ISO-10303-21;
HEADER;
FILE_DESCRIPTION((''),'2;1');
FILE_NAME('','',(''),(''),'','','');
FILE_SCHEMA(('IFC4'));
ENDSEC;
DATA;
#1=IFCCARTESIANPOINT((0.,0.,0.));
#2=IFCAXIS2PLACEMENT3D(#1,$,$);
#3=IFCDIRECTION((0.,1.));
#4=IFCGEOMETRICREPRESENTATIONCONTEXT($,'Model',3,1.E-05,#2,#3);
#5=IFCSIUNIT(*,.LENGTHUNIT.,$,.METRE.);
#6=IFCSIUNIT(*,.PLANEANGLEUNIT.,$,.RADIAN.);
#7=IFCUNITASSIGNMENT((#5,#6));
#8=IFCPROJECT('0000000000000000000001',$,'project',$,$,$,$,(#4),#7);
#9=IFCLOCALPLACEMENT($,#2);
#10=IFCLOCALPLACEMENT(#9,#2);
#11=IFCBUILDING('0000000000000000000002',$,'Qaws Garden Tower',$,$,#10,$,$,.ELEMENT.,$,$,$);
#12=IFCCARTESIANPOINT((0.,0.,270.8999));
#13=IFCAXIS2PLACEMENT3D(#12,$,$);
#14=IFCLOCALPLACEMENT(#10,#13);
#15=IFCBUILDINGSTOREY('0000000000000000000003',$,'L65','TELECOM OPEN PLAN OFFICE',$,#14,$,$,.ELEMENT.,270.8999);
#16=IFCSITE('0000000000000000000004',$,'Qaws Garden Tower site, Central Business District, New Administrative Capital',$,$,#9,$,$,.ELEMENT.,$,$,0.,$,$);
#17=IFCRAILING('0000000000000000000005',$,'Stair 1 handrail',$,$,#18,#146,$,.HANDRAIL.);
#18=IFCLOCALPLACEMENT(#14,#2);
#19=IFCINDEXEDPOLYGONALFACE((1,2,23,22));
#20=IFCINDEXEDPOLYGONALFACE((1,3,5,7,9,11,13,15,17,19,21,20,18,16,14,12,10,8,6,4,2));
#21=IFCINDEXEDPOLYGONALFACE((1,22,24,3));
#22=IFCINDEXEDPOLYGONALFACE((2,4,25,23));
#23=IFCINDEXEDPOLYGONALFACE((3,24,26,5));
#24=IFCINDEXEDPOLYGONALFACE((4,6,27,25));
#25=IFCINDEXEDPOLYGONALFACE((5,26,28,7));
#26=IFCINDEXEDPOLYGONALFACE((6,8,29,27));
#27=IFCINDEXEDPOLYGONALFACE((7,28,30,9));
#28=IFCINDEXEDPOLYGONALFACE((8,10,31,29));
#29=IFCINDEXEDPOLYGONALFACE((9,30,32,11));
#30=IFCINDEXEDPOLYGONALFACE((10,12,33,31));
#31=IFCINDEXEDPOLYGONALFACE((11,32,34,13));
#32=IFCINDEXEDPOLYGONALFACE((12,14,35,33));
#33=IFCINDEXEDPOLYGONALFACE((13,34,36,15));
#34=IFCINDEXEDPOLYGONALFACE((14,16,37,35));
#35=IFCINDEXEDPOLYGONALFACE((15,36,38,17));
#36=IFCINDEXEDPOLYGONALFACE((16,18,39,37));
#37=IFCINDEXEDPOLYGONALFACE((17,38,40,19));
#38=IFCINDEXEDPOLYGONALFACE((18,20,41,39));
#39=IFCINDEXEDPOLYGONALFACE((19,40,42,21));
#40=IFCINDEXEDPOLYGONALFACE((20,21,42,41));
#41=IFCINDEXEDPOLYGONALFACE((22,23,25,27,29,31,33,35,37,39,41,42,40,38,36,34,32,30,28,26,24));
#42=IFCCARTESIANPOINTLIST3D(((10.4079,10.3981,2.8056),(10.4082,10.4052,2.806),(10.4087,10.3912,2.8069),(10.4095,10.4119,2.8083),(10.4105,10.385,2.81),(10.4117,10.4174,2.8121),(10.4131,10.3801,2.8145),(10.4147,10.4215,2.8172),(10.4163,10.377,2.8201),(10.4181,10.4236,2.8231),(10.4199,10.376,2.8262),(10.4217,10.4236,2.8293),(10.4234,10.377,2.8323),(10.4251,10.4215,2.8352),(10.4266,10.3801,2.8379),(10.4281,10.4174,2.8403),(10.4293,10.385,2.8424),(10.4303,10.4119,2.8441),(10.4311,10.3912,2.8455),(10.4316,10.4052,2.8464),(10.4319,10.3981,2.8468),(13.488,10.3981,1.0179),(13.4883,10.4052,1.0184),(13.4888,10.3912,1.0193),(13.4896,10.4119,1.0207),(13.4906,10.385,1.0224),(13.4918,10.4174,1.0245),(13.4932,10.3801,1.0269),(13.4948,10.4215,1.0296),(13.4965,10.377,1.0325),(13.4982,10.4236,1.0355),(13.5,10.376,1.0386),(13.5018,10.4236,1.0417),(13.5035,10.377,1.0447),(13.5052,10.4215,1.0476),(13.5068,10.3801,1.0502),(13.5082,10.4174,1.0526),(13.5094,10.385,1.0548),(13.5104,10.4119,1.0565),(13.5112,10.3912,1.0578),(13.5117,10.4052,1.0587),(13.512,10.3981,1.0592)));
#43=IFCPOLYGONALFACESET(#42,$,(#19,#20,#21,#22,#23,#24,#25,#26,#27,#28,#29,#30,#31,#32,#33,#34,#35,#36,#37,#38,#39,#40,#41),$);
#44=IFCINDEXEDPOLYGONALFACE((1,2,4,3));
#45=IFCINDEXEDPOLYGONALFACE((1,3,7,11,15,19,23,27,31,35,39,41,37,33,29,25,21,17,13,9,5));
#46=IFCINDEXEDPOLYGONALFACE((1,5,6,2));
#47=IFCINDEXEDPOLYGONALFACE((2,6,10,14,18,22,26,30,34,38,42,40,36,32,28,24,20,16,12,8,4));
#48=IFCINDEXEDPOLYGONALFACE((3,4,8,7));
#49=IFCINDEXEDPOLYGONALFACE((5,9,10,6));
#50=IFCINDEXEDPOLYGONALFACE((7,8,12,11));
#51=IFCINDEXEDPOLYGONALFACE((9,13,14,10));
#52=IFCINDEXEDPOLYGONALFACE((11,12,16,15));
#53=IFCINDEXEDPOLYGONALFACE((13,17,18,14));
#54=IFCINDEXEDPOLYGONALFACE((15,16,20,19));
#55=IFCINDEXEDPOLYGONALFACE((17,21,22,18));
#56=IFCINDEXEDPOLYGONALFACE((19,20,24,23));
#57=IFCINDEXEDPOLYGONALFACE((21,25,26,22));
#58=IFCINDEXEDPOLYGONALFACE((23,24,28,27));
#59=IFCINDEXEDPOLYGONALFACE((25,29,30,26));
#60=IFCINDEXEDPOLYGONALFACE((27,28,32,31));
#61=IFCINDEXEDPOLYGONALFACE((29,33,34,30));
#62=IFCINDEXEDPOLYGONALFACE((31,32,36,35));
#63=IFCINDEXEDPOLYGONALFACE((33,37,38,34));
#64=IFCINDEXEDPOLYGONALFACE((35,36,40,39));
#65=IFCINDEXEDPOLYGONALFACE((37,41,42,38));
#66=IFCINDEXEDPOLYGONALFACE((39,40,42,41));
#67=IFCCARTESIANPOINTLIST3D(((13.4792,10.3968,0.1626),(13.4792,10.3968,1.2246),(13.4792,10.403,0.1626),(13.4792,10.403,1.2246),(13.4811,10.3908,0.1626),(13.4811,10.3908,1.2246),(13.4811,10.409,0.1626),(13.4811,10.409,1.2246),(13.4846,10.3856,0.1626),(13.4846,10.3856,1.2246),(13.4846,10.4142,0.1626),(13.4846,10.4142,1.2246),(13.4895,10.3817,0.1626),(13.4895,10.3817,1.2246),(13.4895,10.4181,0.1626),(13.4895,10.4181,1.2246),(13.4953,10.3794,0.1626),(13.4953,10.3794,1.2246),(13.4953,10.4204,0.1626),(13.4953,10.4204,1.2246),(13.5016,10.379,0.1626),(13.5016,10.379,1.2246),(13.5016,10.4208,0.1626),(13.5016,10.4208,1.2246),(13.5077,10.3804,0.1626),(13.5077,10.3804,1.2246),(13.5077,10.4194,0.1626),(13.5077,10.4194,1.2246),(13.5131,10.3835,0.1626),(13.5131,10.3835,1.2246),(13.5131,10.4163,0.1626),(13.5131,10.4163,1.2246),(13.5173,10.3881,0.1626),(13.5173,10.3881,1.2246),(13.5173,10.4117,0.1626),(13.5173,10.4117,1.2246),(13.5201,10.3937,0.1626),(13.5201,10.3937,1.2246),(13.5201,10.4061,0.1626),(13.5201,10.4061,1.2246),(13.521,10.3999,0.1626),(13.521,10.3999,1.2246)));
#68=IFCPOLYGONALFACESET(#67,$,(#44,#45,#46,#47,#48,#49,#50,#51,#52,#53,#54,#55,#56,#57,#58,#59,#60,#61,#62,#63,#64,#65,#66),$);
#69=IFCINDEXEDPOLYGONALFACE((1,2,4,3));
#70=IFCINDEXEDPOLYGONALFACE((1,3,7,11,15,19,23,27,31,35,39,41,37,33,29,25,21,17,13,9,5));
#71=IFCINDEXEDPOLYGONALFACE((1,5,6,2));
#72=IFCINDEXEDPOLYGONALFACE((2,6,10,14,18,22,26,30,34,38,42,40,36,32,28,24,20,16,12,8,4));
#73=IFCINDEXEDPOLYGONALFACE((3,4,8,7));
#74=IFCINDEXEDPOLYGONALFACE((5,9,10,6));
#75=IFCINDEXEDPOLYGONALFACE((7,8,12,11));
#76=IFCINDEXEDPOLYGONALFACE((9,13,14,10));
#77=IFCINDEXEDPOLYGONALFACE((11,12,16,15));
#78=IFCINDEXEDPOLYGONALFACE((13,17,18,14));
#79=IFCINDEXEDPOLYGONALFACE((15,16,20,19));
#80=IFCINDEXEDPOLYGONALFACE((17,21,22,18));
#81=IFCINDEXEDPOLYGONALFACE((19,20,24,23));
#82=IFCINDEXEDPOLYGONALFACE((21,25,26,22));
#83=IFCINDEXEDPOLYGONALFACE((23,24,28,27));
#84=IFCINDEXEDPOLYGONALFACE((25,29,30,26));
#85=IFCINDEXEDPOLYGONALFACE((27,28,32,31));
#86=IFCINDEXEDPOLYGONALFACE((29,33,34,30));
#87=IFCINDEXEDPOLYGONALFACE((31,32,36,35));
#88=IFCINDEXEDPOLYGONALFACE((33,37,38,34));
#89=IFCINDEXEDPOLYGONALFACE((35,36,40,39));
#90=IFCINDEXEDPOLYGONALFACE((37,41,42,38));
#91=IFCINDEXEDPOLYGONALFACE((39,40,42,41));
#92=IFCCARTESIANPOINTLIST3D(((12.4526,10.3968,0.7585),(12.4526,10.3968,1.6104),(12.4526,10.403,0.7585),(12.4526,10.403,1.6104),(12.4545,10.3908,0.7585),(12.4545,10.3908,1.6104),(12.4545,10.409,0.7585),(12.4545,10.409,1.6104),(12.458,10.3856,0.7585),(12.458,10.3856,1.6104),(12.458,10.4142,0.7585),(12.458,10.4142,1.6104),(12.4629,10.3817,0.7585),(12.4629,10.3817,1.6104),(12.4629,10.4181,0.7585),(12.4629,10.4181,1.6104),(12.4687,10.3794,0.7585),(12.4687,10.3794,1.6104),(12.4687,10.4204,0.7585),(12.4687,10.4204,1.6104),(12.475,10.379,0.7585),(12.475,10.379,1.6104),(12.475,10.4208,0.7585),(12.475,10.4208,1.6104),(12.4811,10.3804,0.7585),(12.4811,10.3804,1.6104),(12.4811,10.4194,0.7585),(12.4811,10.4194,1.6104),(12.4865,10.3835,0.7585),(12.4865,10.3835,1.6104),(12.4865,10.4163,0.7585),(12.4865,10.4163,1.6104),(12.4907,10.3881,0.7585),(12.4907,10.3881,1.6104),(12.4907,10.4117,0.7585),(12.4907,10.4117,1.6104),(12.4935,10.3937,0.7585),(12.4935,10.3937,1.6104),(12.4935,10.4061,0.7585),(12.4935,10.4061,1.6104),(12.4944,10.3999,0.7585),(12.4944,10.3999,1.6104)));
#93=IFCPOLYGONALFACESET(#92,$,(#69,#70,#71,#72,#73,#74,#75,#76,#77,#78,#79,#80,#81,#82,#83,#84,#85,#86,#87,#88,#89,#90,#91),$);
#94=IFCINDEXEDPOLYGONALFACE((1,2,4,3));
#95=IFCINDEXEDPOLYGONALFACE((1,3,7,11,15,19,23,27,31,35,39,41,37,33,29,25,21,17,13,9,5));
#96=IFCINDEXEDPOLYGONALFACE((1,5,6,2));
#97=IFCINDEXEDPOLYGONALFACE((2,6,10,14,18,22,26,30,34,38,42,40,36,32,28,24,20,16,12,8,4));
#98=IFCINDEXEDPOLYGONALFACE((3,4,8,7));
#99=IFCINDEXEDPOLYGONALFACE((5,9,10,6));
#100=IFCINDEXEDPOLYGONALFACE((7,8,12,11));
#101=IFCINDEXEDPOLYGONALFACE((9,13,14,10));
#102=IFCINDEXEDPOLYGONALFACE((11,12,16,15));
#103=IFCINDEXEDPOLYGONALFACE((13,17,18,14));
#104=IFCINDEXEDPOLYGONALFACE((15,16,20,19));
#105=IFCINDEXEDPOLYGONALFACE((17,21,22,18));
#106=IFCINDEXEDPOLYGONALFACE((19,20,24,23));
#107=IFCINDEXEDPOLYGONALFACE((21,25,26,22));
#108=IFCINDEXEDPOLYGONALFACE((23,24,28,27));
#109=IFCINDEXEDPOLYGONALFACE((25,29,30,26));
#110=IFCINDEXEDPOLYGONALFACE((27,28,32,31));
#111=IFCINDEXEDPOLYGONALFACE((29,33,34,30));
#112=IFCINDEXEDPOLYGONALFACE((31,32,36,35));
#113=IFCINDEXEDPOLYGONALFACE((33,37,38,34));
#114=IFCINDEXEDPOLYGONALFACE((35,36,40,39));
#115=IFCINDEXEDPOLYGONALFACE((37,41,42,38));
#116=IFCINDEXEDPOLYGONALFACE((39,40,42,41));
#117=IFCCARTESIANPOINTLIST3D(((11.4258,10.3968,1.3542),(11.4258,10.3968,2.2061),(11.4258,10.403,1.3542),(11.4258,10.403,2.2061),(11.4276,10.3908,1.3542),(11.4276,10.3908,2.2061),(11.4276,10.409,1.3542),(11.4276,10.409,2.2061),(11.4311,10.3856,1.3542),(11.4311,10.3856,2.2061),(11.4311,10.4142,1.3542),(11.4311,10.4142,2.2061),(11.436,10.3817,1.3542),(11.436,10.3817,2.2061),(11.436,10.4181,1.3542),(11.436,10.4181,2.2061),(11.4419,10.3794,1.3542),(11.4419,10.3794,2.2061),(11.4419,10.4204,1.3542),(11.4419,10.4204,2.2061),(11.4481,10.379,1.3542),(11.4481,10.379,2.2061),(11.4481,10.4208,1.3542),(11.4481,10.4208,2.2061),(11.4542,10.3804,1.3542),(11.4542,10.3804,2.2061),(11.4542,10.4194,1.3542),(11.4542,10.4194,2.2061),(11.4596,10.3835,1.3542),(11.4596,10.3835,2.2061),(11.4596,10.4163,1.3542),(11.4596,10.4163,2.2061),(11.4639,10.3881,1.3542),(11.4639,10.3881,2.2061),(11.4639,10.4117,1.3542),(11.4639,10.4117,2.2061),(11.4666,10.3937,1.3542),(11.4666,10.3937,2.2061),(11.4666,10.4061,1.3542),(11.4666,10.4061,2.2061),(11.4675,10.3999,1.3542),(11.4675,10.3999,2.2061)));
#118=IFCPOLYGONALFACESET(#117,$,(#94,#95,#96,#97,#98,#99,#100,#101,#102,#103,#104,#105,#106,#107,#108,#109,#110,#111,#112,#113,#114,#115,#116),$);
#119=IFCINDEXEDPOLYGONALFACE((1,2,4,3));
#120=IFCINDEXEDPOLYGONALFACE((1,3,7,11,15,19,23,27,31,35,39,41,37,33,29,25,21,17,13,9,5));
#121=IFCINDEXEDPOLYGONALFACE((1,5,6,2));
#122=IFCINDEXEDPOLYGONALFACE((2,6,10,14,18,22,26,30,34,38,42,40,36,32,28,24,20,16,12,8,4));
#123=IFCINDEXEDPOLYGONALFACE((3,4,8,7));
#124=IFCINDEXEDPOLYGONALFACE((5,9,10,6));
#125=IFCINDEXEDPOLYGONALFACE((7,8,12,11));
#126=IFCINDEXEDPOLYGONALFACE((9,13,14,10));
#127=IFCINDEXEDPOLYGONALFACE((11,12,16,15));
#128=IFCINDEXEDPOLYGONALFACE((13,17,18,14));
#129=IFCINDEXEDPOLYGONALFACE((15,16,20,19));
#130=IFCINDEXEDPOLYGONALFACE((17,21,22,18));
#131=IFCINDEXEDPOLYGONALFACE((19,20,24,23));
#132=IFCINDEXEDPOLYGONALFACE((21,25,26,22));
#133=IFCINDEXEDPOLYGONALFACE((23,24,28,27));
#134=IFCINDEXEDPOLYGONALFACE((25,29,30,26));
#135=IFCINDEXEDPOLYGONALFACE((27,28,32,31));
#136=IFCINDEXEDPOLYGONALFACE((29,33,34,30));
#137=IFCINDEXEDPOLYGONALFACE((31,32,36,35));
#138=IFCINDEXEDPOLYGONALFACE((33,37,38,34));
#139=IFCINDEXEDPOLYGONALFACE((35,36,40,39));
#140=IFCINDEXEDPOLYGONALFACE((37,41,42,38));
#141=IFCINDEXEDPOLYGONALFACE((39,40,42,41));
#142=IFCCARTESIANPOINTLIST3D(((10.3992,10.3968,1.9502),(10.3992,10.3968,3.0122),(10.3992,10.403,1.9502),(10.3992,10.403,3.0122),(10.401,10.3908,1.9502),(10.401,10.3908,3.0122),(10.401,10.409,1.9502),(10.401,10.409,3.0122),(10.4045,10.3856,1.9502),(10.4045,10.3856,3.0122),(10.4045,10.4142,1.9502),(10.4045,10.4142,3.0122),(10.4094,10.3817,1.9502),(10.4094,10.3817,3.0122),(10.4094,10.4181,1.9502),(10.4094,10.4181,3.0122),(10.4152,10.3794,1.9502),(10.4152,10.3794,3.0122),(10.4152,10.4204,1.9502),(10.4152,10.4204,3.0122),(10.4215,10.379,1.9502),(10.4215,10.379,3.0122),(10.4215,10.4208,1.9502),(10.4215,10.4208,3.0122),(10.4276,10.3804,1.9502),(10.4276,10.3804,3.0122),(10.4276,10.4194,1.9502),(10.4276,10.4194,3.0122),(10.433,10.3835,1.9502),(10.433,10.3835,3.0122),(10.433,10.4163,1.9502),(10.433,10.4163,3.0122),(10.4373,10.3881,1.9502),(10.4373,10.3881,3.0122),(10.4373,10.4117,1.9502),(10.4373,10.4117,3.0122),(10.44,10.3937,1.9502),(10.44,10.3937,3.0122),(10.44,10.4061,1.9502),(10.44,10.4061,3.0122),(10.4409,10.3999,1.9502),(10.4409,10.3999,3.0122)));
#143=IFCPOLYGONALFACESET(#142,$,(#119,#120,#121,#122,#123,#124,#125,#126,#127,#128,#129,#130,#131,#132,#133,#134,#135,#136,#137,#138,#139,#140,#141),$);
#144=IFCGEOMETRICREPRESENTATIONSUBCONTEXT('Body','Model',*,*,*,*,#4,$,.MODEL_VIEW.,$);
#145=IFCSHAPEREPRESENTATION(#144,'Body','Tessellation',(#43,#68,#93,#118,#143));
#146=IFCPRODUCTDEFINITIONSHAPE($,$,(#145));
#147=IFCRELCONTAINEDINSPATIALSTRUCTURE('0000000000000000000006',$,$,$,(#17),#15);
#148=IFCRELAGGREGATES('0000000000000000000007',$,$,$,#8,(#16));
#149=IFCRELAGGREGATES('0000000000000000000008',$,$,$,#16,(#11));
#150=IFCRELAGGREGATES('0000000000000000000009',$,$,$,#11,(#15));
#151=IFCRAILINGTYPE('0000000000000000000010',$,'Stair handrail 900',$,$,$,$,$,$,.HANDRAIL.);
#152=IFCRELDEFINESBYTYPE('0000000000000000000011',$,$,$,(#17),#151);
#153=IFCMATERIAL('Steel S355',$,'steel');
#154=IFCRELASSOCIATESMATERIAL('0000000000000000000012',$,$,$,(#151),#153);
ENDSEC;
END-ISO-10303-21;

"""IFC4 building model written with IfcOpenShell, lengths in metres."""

from ifc_helpers import new_model, si_unit, direction, frame, origin, origin_2d, place, context, subcontext, project, spatial, circle, extrude, material, type_object, element, save


model = new_model("IFC4")

# Units and contexts
model_context = context("Model", 3, precision=1e-05, world=origin(), true_north=direction((0.0, 1.0)))
body_context = subcontext(model_context, "Body", "Model", "MODEL_VIEW")
ifc_project = project(units=[si_unit("LENGTHUNIT", "METRE"), si_unit("PLANEANGLEUNIT", "RADIAN")], contexts=[model_context])

# Site, building, storey
site_placement = place(None, origin())
site = spatial("IfcSite", under=ifc_project, at=site_placement, Name="Qaws Garden Tower site, Central Business District, New Administrative Capital", CompositionType="ELEMENT", RefElevation=0.0)
building_placement = place(site_placement, origin())
building = spatial("IfcBuilding", under=site, at=building_placement, Name="Qaws Garden Tower", CompositionType="ELEMENT")
storey_placement = place(building_placement, frame((0.0, 0.0, 270.8999)))
storey = spatial("IfcBuildingStorey", under=building, at=storey_placement, Name="L65", Description="TELECOM OPEN PLAN OFFICE", CompositionType="ELEMENT", Elevation=270.8999)

# Railing
ifc_material_1 = material(Name="Steel S355", Category="steel")
railing_type = type_object("IfcRailingType", Name="Stair handrail 900", PredefinedType="HANDRAIL", material=ifc_material_1)
railing_placement = place(storey_placement, frame((13.5, 10.3999, 0.1626)))
element("IfcRailing", 1, at=railing_placement, inside=storey, type_object=railing_type, Name="Stair 1 handrail", PredefinedType="HANDRAIL", context=body_context, shape_type="SweptSolid", body=[
    extrude(circle(Radius=0.0239, at=origin_2d()), frame((0.0, 0.0, 0.876), z_axis=(-0.864891, 0.0, 0.50196), x_axis=(0.0, -1.0, 0.0)), (0.0, 0.0, 1.0), 3.5613),
    extrude(circle(Radius=0.021, at=origin_2d()), origin(), (0.0, 0.0, 1.0), 1.062),
    extrude(circle(Radius=0.021, at=origin_2d()), frame((-1.0266, 0.0, 0.5959)), (0.0, 0.0, 1.0), 0.8518),
    extrude(circle(Radius=0.021, at=origin_2d()), frame((-2.0535, 0.0, 1.1917)), (0.0, 0.0, 1.0), 0.8518),
    extrude(circle(Radius=0.021, at=origin_2d()), frame((-3.0801, 0.0, 1.7876)), (0.0, 0.0, 1.0), 1.062),
])

save(model, "model.ifc")
